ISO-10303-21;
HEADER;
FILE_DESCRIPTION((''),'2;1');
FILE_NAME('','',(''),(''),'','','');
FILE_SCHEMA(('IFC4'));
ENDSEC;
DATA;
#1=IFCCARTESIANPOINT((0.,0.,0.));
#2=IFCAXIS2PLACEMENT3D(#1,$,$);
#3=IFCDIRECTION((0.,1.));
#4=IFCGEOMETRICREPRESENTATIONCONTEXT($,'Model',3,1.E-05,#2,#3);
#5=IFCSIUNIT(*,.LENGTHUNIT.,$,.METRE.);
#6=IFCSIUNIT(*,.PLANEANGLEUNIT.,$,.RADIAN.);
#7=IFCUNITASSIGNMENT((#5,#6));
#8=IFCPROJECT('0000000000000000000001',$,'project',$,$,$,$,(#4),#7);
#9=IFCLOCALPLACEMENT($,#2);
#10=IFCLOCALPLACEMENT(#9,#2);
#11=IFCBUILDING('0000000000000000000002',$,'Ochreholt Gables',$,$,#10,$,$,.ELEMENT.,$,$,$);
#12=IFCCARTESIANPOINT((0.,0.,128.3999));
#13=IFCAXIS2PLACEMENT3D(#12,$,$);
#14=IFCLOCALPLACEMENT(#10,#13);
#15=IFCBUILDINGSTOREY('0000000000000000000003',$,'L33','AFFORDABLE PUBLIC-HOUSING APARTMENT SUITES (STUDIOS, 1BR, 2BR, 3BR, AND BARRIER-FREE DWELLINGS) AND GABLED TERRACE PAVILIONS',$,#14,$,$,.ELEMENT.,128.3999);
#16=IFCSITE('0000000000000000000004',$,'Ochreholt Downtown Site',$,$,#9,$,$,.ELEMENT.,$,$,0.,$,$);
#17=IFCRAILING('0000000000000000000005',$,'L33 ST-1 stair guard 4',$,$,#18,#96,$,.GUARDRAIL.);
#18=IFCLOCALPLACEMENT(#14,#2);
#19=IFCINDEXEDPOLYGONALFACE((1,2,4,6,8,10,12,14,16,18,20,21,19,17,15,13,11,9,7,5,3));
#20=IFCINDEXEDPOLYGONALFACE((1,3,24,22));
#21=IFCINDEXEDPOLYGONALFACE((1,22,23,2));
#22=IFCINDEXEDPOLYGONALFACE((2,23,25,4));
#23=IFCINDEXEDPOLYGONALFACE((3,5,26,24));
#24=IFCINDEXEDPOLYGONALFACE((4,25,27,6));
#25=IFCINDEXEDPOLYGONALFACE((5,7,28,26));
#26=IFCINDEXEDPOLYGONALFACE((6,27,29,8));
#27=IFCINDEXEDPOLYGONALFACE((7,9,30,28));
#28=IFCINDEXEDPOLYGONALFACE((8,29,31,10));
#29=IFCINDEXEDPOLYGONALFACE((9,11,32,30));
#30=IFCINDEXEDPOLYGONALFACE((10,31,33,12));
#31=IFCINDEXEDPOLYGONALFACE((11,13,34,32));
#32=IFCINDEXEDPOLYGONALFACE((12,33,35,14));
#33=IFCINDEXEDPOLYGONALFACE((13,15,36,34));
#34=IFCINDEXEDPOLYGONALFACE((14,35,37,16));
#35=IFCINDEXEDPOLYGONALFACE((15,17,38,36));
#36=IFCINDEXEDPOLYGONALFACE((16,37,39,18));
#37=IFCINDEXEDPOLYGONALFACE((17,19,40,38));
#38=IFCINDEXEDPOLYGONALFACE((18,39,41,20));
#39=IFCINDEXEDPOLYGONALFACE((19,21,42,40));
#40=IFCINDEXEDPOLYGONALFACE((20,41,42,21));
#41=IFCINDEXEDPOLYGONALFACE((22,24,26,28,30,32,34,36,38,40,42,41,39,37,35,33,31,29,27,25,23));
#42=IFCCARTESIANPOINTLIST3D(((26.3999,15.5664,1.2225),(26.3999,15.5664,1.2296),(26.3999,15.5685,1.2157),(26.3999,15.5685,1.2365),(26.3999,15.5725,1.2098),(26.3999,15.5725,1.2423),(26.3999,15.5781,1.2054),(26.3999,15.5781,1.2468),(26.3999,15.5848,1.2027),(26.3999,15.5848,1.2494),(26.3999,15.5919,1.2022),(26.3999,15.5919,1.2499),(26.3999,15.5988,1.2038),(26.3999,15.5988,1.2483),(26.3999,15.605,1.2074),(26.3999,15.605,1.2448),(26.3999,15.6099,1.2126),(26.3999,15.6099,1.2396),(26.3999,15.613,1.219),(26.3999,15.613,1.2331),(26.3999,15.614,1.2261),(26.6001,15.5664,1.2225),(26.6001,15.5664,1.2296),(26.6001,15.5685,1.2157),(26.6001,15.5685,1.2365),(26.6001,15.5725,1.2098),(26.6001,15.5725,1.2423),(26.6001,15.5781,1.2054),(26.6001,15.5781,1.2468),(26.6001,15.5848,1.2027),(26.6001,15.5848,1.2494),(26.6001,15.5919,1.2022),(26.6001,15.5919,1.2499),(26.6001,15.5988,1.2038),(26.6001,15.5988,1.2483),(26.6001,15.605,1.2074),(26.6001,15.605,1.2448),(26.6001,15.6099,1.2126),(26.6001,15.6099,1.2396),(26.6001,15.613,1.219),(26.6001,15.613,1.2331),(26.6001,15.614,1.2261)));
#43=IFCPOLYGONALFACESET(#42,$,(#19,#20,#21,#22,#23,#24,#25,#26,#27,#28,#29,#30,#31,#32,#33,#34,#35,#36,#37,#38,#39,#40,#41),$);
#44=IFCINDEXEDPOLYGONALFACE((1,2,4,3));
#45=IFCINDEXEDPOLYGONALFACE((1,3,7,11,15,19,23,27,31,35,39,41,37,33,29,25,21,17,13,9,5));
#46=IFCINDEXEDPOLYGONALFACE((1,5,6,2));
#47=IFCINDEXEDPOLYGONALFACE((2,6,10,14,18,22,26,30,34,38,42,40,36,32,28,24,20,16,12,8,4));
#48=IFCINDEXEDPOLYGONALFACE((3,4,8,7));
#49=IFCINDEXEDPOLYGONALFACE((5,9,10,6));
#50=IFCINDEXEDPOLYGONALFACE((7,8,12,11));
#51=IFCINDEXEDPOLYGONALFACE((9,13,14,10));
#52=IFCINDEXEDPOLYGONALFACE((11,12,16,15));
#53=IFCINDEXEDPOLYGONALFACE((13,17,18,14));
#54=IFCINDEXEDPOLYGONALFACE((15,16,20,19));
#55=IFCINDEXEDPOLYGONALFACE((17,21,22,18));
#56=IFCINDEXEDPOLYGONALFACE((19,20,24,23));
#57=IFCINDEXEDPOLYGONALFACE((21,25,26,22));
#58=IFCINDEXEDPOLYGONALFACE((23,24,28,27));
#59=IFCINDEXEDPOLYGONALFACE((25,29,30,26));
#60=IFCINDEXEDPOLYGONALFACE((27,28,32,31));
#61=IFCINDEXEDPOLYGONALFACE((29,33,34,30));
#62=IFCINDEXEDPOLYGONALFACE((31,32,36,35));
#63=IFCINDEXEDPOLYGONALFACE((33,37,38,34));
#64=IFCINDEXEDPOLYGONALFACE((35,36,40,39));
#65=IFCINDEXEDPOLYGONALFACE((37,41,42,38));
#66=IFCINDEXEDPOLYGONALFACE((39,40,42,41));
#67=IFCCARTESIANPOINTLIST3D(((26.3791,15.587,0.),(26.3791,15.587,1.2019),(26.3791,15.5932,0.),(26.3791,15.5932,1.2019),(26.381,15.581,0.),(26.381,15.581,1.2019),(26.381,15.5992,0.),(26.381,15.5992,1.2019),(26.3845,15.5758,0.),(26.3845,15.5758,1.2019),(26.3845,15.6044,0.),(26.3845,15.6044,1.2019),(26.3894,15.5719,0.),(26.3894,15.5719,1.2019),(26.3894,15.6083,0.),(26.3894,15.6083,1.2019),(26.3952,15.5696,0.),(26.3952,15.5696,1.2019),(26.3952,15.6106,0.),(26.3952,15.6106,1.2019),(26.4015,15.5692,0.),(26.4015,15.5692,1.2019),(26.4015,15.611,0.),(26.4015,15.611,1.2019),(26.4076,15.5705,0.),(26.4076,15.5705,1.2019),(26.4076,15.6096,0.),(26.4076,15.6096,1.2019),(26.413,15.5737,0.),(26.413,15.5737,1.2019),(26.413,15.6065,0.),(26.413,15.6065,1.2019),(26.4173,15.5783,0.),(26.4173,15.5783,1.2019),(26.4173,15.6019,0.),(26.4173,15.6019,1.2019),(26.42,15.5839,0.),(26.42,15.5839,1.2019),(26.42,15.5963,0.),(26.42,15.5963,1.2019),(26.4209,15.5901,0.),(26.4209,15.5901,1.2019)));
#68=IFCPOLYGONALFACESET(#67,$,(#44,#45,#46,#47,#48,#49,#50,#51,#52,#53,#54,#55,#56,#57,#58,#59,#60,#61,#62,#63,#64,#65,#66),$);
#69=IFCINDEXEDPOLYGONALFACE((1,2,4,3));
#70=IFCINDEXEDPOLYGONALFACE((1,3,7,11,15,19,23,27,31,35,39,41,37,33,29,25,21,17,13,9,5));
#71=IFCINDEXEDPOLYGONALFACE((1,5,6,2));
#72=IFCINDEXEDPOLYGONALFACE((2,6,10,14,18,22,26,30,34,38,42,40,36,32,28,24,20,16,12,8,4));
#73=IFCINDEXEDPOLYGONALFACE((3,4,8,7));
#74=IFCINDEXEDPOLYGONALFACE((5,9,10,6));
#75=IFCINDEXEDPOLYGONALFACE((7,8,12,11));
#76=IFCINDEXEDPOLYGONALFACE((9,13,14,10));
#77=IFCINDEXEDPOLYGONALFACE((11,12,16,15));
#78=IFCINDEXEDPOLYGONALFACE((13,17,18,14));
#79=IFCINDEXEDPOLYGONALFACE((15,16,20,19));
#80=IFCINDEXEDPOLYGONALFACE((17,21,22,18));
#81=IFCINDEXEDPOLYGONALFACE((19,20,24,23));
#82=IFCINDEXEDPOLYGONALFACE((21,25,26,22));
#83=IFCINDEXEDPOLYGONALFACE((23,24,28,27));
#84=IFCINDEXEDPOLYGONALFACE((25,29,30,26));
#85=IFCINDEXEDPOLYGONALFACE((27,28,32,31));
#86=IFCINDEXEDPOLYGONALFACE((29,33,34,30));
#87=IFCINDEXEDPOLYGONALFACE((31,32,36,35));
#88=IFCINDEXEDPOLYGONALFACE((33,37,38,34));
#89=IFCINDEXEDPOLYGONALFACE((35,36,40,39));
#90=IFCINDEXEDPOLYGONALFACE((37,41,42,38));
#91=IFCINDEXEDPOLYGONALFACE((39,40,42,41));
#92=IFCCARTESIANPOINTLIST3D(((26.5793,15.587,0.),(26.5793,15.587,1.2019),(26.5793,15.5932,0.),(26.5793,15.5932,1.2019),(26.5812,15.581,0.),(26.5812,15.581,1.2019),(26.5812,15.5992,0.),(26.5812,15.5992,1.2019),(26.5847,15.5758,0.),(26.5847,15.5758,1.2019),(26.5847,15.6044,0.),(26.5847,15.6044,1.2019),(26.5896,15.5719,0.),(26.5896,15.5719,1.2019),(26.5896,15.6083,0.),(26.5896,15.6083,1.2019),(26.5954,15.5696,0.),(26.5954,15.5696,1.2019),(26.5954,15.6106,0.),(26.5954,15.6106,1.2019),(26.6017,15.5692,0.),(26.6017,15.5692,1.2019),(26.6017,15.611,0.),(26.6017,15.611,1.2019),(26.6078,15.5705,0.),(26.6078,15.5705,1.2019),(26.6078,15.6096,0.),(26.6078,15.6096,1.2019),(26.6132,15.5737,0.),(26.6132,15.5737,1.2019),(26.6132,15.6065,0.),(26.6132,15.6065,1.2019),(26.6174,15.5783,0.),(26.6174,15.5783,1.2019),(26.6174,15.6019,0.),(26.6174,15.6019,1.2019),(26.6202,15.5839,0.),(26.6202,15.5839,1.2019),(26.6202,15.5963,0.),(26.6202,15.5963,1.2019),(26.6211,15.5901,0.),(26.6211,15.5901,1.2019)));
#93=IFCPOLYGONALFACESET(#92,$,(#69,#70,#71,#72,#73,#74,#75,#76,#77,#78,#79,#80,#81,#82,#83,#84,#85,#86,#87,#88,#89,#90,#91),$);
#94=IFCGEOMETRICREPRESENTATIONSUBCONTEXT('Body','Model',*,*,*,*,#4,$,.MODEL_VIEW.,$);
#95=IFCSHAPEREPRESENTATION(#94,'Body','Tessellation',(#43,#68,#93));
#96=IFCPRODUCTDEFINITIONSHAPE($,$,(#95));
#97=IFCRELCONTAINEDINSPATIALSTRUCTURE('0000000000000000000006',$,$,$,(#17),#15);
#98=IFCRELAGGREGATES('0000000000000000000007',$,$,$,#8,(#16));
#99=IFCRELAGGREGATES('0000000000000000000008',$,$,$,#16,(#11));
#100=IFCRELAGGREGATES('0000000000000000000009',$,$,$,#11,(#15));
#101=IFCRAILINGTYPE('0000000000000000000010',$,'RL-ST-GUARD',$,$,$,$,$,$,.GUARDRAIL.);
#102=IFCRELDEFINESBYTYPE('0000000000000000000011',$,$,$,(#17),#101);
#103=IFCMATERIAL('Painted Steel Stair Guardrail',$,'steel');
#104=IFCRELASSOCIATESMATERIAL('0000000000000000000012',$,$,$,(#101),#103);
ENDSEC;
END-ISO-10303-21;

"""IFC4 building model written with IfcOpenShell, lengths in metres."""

from ifc_helpers import new_model, si_unit, direction, frame, origin, origin_2d, place, context, subcontext, project, spatial, circle, extrude, material, type_object, element, save


model = new_model("IFC4")

# Units and contexts
model_context = context("Model", 3, precision=1e-05, world=origin(), true_north=direction((0.0, 1.0)))
body_context = subcontext(model_context, "Body", "Model", "MODEL_VIEW")
ifc_project = project(units=[si_unit("LENGTHUNIT", "METRE"), si_unit("PLANEANGLEUNIT", "RADIAN")], contexts=[model_context])

# Site, building, storey
site_placement = place(None, origin())
site = spatial("IfcSite", under=ifc_project, at=site_placement, Name="Ochreholt Downtown Site", CompositionType="ELEMENT", RefElevation=0.0)
building_placement = place(site_placement, origin())
building = spatial("IfcBuilding", under=site, at=building_placement, Name="Ochreholt Gables", CompositionType="ELEMENT")
storey_placement = place(building_placement, frame((0.0, 0.0, 128.3999)))
storey = spatial("IfcBuildingStorey", under=building, at=storey_placement, Name="L33", Description="AFFORDABLE PUBLIC-HOUSING APARTMENT SUITES (STUDIOS, 1BR, 2BR, 3BR, AND BARRIER-FREE DWELLINGS) AND GABLED TERRACE PAVILIONS", CompositionType="ELEMENT", Elevation=128.3999)

# Railing
ifc_material_1 = material(Name="Painted Steel Stair Guardrail", Category="steel")
railing_type_1 = type_object("IfcRailingType", Name="RL-ST-GUARD", PredefinedType="GUARDRAIL", material=ifc_material_1)
railing_1_placement = place(storey_placement, frame((26.3999, 15.5901, 0.0)))
element("IfcRailing", 1, at=railing_1_placement, inside=storey, type_object=railing_type_1, Name="L33 ST-1 stair guard 4", PredefinedType="GUARDRAIL", context=body_context, shape_type="SweptSolid", body=[
    extrude(circle(Radius=0.0239, at=origin_2d()), frame((0.0, 0.0, 1.2261), z_axis=(1.0, 0.0, 0.0), x_axis=(0.0, 1.0, 0.0)), (0.0, 0.0, 1.0), 0.2002),
    extrude(circle(Radius=0.021, at=origin_2d()), origin(), (0.0, 0.0, 1.0), 1.2019),
    extrude(circle(Radius=0.021, at=origin_2d()), frame((0.2002, 0.0, 0.0)), (0.0, 0.0, 1.0), 1.2019),
])

save(model, "model.ifc")
